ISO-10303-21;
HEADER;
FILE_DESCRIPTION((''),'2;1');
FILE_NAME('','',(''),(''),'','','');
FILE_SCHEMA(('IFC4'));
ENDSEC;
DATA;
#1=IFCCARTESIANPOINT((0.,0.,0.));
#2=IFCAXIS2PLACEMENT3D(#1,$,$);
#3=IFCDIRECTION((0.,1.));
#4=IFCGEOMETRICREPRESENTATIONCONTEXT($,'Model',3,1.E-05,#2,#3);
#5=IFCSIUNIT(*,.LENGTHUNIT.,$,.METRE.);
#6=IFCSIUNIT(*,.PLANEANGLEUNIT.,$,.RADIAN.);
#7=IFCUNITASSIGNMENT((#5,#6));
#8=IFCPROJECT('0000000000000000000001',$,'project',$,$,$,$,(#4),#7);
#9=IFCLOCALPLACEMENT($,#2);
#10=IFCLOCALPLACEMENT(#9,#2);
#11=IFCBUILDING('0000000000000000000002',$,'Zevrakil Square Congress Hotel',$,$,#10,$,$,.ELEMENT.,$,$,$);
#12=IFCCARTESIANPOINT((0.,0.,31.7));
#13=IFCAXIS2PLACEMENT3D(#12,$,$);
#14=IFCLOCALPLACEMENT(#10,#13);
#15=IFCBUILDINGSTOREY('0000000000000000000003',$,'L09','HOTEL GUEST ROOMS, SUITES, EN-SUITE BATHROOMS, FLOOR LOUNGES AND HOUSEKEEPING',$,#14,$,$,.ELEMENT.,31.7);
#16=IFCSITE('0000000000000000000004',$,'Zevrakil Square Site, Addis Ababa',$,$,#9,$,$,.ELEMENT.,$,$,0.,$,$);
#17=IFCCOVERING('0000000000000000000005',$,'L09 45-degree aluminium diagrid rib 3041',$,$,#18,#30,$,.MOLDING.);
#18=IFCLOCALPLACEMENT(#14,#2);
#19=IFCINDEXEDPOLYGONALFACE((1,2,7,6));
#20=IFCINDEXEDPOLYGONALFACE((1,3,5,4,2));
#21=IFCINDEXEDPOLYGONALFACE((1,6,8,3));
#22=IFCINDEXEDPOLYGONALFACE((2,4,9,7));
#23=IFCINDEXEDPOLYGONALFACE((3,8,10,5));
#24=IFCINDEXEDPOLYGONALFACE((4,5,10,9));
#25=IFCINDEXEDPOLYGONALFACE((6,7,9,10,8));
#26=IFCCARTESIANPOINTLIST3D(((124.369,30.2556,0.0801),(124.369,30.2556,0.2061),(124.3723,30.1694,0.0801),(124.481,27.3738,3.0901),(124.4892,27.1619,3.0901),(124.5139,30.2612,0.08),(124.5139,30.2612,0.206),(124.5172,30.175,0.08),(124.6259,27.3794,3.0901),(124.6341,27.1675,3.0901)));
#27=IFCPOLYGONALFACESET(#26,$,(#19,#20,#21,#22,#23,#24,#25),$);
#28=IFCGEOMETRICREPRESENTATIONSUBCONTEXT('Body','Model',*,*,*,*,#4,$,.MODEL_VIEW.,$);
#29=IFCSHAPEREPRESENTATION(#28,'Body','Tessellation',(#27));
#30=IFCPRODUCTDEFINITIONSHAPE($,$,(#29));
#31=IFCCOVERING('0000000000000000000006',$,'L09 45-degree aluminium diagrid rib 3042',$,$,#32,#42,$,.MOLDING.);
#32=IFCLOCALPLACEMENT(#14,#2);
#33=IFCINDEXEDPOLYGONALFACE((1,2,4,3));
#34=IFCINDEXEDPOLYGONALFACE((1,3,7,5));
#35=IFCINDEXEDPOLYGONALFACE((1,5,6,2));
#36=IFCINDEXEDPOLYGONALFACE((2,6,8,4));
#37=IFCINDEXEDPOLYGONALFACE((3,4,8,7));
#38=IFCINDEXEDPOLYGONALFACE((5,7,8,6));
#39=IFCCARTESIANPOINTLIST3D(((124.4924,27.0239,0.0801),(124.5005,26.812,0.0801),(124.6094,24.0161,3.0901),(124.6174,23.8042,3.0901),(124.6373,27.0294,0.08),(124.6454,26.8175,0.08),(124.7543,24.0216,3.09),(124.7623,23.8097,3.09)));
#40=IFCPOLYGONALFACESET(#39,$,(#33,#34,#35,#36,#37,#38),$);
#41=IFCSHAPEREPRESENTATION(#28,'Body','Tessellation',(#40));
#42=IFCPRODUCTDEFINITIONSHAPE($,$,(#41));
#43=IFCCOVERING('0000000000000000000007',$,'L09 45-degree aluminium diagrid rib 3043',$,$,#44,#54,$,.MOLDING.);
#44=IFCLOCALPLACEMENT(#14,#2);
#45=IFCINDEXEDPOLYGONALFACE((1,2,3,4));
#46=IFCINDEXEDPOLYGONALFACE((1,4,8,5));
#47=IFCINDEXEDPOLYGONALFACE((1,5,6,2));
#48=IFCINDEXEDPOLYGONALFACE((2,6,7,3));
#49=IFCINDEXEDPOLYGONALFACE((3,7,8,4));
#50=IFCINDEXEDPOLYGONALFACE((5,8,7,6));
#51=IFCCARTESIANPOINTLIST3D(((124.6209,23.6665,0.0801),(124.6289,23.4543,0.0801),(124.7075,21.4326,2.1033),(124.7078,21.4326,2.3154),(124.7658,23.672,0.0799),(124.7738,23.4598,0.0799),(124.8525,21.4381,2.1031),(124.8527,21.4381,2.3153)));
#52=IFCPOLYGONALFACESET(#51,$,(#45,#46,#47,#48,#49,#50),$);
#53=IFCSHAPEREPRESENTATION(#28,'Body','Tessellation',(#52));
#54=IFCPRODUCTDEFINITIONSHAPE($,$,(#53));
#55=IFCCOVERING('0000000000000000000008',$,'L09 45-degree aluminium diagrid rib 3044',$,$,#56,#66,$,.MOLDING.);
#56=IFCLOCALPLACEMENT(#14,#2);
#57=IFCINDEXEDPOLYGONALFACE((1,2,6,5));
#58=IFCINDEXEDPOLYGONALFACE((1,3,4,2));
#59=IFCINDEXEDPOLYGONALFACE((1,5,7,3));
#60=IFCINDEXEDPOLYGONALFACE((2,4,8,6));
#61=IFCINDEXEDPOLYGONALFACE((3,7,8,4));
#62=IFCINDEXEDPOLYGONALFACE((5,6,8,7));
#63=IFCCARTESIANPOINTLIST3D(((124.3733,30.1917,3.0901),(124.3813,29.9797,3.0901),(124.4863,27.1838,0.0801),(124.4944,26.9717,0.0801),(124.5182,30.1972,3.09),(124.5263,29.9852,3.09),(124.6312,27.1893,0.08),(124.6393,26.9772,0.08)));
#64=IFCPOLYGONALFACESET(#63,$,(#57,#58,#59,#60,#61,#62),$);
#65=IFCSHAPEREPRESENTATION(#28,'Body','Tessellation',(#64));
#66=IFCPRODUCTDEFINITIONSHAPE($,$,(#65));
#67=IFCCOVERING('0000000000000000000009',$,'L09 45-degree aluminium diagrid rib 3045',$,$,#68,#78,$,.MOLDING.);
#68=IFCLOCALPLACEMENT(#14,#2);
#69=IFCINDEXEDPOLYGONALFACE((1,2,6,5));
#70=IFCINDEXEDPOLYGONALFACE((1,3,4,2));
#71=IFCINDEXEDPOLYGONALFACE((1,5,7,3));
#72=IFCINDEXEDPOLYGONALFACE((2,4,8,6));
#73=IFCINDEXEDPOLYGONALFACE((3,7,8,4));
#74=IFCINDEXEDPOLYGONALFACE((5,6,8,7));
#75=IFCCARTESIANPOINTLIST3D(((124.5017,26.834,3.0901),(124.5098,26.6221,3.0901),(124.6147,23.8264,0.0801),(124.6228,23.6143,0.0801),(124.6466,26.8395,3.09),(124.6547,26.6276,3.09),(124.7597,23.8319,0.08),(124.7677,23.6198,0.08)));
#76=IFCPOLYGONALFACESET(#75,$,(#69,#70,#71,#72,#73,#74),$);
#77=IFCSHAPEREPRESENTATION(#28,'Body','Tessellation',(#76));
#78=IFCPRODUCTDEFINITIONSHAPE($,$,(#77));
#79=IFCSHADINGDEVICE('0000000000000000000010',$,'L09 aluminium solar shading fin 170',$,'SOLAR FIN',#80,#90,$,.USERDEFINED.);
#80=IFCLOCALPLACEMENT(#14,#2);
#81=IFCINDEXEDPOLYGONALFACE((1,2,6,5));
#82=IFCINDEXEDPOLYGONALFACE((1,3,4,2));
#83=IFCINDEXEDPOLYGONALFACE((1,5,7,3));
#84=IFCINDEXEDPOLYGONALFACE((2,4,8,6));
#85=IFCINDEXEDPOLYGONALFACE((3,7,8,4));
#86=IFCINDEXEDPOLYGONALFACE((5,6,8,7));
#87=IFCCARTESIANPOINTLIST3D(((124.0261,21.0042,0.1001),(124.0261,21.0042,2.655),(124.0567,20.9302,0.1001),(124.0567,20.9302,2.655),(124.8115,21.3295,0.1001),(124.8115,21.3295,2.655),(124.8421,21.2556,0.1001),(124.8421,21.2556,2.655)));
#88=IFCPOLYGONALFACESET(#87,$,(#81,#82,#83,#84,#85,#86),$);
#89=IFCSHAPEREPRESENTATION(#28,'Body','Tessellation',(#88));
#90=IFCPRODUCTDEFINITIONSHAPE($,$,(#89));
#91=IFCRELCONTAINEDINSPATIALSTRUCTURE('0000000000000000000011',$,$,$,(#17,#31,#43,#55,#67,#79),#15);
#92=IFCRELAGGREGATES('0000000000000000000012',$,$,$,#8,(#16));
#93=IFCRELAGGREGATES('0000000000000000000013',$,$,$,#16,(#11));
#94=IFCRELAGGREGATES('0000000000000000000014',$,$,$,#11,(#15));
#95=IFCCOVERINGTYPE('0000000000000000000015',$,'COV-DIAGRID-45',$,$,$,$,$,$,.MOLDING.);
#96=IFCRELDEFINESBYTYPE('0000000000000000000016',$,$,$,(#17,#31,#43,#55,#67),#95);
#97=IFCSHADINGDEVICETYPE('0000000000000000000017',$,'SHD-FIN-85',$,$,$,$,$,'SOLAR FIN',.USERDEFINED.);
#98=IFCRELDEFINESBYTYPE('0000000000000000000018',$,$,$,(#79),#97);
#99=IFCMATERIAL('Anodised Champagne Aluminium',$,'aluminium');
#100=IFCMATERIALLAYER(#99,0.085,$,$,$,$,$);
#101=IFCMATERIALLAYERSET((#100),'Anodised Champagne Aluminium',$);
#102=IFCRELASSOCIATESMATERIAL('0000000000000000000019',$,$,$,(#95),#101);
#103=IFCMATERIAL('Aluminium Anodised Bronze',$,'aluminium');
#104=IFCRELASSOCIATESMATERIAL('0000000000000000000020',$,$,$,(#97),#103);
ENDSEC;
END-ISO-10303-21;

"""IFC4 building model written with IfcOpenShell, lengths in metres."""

from ifc_helpers import new_model, si_unit, direction, frame, origin, origin_2d, place, context, subcontext, project, spatial, polyline, rectangle, outline, extrude, material, layer, layer_set, type_object, element, save


model = new_model("IFC4")

# Units and contexts
model_context = context("Model", 3, precision=1e-05, world=origin(), true_north=direction((0.0, 1.0)))
body_context = subcontext(model_context, "Body", "Model", "MODEL_VIEW")
ifc_project = project(units=[si_unit("LENGTHUNIT", "METRE"), si_unit("PLANEANGLEUNIT", "RADIAN")], contexts=[model_context])

# Site, building, storey
site_placement = place(None, origin())
site = spatial("IfcSite", under=ifc_project, at=site_placement, Name="Zevrakil Square Site, Addis Ababa", CompositionType="ELEMENT", RefElevation=0.0)
building_placement = place(site_placement, origin())
building = spatial("IfcBuilding", under=site, at=building_placement, Name="Zevrakil Square Congress Hotel", CompositionType="ELEMENT")
storey_placement = place(building_placement, frame((0.0, 0.0, 31.7)))
storey = spatial("IfcBuildingStorey", under=building, at=storey_placement, Name="L09", Description="HOTEL GUEST ROOMS, SUITES, EN-SUITE BATHROOMS, FLOOR LOUNGES AND HOUSEKEEPING", CompositionType="ELEMENT", Elevation=31.7)

# Coverings
ifc_material_1 = material(Name="Anodised Champagne Aluminium", Category="aluminium")
ifc_layer_1 = layer(ifc_material_1, 0.085)
ifc_layer_set_1 = layer_set([ifc_layer_1], Name="Anodised Champagne Aluminium")
covering_type_1 = type_object("IfcCoveringType", Name="COV-DIAGRID-45", PredefinedType="MOLDING", material=ifc_layer_set_1)
covering_1_placement = place(storey_placement, frame((124.3723, 30.1694, 0.0801), z_axis=(-0.999256, -0.038577, 0.000243), x_axis=(-0.038577, 0.999256, 0.0)))
element("IfcCovering", 1, at=covering_1_placement, inside=storey, type_object=covering_type_1, Name="L09 45-degree aluminium diagrid rib 3041", PredefinedType="MOLDING", context=body_context, shape_type="SweptSolid", body=[
    extrude(outline(polyline([(0.0, 0.0), (0.0862, 0.0), (0.0862, -0.126), (-2.7978, -3.01), (-3.0098, -3.01), (0.0, 0.0)])), origin(), (0.0, 0.0, -1.0), 0.145),
])
covering_2_placement = place(storey_placement, frame((124.5005, 26.812, 0.0801), z_axis=(-0.999278, -0.037991, 0.00086), x_axis=(-0.037991, 0.999278, 0.0)))
element("IfcCovering", 2, at=covering_2_placement, inside=storey, type_object=covering_type_1, Name="L09 45-degree aluminium diagrid rib 3042", PredefinedType="MOLDING", context=body_context, shape_type="SweptSolid", body=[
    extrude(outline(polyline([(0.0, 0.0), (0.2121, 0.0), (-2.798, -3.01), (-3.0101, -3.01), (0.0, 0.0)])), origin(), (0.0, 0.0, -1.0), 0.145),
])
covering_3_placement = place(storey_placement, frame((124.6289, 23.4543, 0.0801), z_axis=(-0.999284, -0.037833, 0.001035), x_axis=(-0.037833, 0.999284, 0.0)))
element("IfcCovering", 3, at=covering_3_placement, inside=storey, type_object=covering_type_1, Name="L09 45-degree aluminium diagrid rib 3043", PredefinedType="MOLDING", context=body_context, shape_type="SweptSolid", body=[
    extrude(outline(polyline([(0.0, 0.0), (0.2123, 0.0), (-2.0233, -2.2354), (-2.0233, -2.0232), (0.0, 0.0)])), origin(), (0.0, 0.0, -1.0), 0.145),
])
covering_4_placement = place(storey_placement, frame((124.3733, 30.1917, 3.0901), z_axis=(-0.999279, -0.037969, 0.000416), x_axis=(0.037969, -0.999279, 0.0)))
element("IfcCovering", 4, at=covering_4_placement, inside=storey, type_object=covering_type_1, Name="L09 45-degree aluminium diagrid rib 3044", PredefinedType="MOLDING", context=body_context, shape_type="SweptSolid", body=[
    extrude(outline(polyline([(0.0, 0.0), (0.2121, 0.0), (3.2222, -3.01), (3.0099, -3.01), (0.0, 0.0)])), origin(), (0.0, 0.0, -1.0), 0.145),
])
covering_5_placement = place(storey_placement, frame((124.5017, 26.834, 3.0901), z_axis=(-0.999279, -0.037969, 0.000413), x_axis=(0.037969, -0.999279, 0.0)))
element("IfcCovering", 5, at=covering_5_placement, inside=storey, type_object=covering_type_1, Name="L09 45-degree aluminium diagrid rib 3045", PredefinedType="MOLDING", context=body_context, shape_type="SweptSolid", body=[
    extrude(outline(polyline([(0.0, 0.0), (0.2121, 0.0), (3.222, -3.01), (3.0097, -3.01), (0.0, 0.0)])), origin(), (0.0, 0.0, -1.0), 0.145),
])

# Shading device
ifc_material_2 = material(Name="Aluminium Anodised Bronze", Category="aluminium")
shading_device_type = type_object("IfcShadingDeviceType", Name="SHD-FIN-85", ElementType="SOLAR FIN", PredefinedType="USERDEFINED", material=ifc_material_2)
shading_device_placement = place(storey_placement, frame((124.4341, 21.1299, 0.1001), z_axis=(0.0, 0.0, 1.0), x_axis=(-0.92388, -0.382683, 0.0)))
element("IfcShadingDevice", 6, at=shading_device_placement, inside=storey, type_object=shading_device_type, Name="L09 aluminium solar shading fin 170", ObjectType="SOLAR FIN", PredefinedType="USERDEFINED", context=body_context, shape_type="SweptSolid", body=[
    extrude(rectangle(XDim=0.8501, YDim=0.0801, at=origin_2d()), origin(), (0.0, 0.0, 1.0), 2.5549),
])

save(model, "model.ifc")
